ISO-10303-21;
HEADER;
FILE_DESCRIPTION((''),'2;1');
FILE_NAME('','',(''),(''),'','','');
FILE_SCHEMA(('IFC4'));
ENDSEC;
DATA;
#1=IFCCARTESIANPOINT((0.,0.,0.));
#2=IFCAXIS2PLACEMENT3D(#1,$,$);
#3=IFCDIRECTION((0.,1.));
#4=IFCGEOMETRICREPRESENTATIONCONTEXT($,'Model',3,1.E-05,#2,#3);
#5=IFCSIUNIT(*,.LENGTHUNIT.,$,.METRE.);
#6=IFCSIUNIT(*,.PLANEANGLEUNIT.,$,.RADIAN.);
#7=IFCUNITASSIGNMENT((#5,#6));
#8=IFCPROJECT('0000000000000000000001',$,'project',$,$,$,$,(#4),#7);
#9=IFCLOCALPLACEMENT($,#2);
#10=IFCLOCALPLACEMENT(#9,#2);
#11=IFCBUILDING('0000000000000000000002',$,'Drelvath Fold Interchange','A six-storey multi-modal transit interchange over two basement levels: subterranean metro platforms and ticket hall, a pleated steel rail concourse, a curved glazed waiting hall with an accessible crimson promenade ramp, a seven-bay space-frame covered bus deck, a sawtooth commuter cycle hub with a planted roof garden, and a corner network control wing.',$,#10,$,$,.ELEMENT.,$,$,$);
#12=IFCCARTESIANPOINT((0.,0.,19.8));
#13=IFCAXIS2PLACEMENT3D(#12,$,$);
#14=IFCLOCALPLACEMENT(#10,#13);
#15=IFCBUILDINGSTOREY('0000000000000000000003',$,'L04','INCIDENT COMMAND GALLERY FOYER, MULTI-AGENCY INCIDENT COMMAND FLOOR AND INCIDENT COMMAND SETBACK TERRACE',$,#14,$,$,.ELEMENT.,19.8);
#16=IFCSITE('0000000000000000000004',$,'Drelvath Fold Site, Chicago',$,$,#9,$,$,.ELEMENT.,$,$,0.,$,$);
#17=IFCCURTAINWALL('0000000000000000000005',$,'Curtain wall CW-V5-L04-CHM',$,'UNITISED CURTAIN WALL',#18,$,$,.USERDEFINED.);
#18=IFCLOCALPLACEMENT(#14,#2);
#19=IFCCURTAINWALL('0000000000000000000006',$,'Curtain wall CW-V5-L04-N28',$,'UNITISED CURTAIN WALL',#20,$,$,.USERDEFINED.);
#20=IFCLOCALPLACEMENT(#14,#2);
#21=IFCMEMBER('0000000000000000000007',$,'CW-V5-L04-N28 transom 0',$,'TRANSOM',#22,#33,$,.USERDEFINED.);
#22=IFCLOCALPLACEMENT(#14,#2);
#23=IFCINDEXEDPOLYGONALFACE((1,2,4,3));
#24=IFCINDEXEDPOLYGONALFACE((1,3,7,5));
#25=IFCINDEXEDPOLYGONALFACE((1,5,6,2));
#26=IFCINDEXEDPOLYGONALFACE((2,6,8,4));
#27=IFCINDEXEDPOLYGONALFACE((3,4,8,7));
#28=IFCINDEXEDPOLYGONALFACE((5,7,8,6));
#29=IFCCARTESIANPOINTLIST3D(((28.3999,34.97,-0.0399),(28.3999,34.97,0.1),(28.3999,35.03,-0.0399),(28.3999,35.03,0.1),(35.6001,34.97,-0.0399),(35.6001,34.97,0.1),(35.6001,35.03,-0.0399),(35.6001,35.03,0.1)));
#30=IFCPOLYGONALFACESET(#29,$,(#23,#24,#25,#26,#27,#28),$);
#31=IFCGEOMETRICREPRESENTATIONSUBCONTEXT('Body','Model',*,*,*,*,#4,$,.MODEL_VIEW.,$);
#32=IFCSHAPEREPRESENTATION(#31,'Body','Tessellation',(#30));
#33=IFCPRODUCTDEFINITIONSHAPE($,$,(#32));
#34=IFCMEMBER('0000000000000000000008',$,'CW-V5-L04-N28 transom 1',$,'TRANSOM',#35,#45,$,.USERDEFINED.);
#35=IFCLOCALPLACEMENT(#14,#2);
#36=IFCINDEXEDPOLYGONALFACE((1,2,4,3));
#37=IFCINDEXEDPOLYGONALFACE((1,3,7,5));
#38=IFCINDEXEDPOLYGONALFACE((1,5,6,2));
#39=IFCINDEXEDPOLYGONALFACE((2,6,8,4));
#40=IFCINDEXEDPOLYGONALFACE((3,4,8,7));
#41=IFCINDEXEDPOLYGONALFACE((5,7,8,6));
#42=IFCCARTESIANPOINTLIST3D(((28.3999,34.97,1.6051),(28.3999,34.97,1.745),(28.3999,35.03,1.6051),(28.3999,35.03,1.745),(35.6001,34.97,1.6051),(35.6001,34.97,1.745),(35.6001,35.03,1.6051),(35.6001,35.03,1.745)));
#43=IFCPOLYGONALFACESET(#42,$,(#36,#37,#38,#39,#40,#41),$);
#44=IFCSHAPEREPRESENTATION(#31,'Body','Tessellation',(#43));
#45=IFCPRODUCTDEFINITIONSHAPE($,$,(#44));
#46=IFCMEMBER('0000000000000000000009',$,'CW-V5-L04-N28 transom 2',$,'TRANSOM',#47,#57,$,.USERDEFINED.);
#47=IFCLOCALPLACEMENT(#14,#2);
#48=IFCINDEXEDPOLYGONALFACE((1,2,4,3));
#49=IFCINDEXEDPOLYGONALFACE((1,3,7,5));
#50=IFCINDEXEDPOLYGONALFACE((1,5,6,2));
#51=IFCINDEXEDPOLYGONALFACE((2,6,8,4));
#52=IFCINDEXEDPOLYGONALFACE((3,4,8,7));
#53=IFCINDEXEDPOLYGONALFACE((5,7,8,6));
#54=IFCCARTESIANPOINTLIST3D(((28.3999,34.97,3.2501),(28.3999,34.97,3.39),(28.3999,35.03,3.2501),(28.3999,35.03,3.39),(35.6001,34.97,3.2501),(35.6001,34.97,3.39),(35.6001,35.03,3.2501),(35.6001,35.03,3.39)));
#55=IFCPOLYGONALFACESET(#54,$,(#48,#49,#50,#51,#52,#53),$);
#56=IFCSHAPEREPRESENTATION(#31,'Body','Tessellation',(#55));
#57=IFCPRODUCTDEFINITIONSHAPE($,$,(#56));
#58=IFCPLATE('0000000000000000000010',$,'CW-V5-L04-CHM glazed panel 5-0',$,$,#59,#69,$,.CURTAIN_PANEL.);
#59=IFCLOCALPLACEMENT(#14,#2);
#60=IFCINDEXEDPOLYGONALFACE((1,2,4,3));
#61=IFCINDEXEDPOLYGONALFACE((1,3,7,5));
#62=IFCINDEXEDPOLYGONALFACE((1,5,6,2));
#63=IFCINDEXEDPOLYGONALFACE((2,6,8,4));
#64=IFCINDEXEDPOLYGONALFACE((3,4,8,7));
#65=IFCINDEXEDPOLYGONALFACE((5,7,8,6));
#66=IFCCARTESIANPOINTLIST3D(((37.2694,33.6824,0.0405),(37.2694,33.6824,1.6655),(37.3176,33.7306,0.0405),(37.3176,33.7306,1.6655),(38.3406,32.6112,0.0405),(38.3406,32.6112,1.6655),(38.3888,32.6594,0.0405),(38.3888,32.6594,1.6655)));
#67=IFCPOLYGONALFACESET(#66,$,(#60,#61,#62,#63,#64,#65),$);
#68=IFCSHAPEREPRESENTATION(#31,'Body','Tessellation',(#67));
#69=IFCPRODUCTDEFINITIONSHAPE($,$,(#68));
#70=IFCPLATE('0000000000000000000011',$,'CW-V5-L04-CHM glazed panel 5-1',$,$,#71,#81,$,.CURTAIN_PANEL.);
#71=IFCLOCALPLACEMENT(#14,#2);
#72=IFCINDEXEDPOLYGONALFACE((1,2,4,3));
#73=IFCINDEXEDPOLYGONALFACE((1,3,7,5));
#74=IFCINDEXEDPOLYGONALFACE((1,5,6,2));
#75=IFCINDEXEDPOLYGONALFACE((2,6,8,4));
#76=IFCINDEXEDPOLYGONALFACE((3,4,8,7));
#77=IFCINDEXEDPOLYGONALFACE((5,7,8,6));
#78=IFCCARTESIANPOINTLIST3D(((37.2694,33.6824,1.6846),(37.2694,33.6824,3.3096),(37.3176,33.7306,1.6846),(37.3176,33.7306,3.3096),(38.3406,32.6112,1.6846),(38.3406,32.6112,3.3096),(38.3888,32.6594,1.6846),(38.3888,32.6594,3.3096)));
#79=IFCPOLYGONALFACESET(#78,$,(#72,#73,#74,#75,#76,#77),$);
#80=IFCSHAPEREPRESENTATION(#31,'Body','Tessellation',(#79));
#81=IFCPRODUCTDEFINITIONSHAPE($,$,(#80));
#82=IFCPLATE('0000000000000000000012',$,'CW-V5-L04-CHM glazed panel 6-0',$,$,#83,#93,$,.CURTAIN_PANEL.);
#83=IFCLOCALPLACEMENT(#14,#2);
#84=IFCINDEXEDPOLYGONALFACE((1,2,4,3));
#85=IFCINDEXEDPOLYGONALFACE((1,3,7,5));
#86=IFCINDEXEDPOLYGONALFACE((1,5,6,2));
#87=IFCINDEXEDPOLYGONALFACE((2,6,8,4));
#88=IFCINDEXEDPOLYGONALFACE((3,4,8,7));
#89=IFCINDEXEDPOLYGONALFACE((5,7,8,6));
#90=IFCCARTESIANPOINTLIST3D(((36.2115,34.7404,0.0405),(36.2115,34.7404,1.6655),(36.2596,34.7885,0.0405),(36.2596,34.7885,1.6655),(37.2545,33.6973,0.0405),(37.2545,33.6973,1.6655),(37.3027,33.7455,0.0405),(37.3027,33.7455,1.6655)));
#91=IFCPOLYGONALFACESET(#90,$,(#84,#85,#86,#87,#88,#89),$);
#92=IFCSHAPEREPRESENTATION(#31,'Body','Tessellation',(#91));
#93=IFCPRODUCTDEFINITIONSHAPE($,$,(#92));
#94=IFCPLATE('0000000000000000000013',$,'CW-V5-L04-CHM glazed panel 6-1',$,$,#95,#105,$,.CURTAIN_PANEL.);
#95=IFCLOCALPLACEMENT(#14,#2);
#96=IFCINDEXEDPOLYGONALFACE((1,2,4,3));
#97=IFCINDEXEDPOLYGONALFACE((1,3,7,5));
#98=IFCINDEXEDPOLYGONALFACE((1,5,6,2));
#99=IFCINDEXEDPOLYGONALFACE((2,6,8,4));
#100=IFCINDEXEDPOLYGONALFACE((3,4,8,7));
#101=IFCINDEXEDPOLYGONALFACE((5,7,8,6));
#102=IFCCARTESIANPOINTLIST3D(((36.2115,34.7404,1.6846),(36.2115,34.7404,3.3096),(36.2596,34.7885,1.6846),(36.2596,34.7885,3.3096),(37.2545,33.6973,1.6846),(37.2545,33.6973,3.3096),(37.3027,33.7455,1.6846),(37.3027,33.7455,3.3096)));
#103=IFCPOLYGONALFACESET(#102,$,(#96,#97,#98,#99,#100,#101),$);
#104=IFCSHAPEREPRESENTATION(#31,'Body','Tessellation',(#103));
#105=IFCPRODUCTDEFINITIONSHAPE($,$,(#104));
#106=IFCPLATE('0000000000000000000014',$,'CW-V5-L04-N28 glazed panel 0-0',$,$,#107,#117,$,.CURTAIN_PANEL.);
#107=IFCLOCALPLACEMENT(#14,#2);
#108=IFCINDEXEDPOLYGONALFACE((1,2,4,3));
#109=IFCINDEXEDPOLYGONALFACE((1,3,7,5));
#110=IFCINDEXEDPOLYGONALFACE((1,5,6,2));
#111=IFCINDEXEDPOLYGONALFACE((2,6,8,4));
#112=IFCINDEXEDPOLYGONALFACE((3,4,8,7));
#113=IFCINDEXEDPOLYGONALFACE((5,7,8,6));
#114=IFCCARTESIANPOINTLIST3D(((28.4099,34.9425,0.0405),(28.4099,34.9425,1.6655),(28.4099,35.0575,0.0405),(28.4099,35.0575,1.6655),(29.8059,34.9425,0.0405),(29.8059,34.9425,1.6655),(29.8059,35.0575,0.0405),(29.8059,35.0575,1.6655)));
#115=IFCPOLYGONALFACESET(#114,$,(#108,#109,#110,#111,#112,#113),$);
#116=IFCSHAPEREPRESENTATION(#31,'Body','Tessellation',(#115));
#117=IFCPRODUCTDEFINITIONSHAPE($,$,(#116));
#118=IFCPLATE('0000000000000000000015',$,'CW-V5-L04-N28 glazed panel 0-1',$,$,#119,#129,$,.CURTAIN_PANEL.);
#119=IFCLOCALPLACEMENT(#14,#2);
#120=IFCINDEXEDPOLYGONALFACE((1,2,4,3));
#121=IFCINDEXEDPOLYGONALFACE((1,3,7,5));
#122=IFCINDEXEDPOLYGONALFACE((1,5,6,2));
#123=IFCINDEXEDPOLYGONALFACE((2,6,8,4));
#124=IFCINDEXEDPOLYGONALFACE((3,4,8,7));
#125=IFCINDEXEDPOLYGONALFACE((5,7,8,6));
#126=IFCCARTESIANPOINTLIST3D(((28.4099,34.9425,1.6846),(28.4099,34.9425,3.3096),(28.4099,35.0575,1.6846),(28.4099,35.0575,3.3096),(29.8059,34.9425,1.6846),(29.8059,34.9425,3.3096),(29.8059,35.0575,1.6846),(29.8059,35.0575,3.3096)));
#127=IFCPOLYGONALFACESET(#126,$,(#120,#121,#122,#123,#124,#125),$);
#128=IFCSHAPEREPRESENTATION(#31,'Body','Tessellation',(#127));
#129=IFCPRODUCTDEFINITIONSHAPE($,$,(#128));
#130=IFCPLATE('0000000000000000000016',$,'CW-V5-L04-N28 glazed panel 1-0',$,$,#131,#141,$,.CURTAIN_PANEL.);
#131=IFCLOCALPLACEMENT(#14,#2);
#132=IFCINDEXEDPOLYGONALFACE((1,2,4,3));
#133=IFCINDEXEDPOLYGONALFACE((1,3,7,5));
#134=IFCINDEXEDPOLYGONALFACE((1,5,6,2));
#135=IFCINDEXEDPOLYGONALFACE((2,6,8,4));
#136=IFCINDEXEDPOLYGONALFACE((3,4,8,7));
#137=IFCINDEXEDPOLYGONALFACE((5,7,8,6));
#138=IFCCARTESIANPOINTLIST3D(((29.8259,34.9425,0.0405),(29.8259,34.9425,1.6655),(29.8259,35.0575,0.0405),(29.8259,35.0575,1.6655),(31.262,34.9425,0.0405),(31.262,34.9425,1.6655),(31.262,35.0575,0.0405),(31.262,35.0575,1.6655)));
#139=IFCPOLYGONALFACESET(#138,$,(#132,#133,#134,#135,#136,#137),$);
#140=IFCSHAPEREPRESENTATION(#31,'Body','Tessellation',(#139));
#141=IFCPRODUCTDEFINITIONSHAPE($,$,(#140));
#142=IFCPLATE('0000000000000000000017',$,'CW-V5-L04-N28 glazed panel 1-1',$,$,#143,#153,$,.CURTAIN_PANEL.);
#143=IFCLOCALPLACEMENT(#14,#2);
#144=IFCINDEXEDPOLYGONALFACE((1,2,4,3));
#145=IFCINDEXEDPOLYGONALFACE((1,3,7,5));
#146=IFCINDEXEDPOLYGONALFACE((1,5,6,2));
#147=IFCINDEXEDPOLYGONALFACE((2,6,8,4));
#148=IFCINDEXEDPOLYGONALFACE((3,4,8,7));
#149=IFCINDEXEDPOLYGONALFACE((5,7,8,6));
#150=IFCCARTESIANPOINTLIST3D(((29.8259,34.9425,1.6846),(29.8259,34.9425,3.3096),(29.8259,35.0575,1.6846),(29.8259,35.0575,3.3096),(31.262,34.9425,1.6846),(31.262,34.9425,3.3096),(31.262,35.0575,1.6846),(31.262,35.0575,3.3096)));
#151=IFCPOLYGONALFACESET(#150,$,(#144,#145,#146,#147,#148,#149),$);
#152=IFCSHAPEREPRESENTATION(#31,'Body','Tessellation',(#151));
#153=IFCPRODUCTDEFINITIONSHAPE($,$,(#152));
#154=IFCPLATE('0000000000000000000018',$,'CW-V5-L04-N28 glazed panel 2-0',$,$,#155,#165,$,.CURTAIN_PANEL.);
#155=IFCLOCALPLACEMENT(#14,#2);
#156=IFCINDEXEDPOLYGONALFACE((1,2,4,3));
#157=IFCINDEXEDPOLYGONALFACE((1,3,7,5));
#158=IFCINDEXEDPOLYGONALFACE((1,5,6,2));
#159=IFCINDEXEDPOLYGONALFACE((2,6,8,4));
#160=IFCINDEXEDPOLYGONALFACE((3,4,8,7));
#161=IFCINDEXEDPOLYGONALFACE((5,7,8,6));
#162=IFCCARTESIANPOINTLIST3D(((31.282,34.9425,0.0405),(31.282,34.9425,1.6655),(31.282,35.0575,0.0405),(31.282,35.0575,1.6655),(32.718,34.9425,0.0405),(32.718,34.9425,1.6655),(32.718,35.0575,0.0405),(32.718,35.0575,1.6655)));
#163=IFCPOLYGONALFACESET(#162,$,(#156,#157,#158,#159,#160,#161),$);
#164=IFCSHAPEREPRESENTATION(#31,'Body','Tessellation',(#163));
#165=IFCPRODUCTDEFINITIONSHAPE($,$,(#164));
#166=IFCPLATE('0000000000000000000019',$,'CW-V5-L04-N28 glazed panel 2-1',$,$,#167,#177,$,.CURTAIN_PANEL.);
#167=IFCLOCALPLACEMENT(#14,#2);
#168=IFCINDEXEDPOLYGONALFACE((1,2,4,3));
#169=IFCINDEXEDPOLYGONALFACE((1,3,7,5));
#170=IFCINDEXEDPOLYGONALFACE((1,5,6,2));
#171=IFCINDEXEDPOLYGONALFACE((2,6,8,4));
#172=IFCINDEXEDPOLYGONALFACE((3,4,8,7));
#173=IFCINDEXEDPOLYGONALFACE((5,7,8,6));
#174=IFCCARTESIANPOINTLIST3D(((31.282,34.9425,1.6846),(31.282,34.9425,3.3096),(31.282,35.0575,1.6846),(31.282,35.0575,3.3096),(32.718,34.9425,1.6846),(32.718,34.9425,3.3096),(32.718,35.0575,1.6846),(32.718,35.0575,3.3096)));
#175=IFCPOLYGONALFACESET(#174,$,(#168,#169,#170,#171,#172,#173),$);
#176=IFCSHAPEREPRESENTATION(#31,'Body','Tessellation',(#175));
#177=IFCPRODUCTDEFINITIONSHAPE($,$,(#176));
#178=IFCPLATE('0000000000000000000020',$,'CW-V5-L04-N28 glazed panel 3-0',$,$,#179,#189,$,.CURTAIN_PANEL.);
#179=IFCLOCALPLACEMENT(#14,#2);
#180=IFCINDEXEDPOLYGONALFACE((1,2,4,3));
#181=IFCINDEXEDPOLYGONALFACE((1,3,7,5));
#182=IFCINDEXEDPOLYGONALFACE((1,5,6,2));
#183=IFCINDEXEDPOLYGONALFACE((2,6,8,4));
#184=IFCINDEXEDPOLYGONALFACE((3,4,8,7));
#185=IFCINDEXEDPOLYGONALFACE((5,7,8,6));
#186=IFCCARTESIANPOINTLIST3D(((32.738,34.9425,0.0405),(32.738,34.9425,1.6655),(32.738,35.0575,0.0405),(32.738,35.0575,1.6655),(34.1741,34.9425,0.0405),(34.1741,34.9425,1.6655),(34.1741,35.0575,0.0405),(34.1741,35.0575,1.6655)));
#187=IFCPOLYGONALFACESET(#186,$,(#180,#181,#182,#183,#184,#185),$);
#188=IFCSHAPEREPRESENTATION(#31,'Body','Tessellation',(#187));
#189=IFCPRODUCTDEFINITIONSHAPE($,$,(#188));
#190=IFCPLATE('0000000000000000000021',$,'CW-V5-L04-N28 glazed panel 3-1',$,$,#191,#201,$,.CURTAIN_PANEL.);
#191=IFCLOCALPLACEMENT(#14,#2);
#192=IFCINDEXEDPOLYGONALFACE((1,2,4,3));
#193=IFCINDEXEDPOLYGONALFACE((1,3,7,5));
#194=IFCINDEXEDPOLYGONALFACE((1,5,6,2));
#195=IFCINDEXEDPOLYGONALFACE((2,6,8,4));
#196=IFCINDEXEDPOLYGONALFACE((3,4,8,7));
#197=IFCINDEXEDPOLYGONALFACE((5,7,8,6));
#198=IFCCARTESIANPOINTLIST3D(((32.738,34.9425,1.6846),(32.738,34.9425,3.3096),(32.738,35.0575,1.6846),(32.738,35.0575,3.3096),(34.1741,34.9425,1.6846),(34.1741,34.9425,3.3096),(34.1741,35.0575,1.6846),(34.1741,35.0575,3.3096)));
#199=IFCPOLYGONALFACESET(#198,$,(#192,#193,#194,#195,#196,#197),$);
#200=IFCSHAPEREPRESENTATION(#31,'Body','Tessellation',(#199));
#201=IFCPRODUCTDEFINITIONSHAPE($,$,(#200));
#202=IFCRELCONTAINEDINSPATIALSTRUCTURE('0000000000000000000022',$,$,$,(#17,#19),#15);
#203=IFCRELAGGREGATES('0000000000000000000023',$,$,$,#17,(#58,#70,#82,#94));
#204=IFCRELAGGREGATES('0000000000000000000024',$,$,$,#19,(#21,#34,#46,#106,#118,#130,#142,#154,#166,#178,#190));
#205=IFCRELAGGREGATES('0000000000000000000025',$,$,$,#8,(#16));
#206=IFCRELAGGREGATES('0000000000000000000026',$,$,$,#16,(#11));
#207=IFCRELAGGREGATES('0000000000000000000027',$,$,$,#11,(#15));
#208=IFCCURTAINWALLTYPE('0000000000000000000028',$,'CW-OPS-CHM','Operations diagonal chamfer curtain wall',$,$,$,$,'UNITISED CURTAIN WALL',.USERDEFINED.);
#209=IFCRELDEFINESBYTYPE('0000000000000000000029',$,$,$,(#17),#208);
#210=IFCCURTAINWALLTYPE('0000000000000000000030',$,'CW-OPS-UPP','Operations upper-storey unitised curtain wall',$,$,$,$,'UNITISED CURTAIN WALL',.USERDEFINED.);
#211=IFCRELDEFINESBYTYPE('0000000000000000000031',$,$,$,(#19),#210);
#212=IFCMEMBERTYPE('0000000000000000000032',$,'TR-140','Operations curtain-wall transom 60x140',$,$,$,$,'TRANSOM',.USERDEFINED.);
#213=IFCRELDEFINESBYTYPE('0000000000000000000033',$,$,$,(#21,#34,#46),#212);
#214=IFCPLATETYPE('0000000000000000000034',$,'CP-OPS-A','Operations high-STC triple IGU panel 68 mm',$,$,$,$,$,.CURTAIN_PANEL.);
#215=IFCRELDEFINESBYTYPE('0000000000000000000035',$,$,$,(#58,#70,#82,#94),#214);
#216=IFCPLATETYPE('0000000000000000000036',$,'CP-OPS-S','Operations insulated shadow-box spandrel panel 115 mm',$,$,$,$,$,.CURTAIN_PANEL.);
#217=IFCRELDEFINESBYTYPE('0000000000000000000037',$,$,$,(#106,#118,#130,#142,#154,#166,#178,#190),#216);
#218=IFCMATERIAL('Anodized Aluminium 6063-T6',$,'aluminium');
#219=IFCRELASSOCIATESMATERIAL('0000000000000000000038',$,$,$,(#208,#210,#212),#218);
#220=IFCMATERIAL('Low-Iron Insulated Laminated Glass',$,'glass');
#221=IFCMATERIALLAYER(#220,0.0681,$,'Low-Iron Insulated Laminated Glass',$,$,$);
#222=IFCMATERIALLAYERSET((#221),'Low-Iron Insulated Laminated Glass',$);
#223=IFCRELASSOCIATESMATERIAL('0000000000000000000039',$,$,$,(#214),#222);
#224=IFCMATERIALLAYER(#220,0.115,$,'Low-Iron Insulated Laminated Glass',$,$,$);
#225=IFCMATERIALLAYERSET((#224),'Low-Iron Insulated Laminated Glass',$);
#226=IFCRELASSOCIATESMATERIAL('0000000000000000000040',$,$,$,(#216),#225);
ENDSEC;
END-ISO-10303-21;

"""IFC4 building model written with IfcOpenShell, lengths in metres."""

from ifc_helpers import new_model, si_unit, direction, frame, origin, origin_2d, place, context, subcontext, project, spatial, rectangle, extrude, material, layer, layer_set, material_profile, profile_set, type_object, element, aggregate, save


model = new_model("IFC4")

# Units and contexts
model_context = context("Model", 3, precision=1e-05, world=origin(), true_north=direction((0.0, 1.0)))
body_context = subcontext(model_context, "Body", "Model", "MODEL_VIEW")
ifc_project = project(units=[si_unit("LENGTHUNIT", "METRE"), si_unit("PLANEANGLEUNIT", "RADIAN")], contexts=[model_context])

# Site, building, storey
site_placement = place(None, origin())
site = spatial("IfcSite", under=ifc_project, at=site_placement, Name="Drelvath Fold Site, Chicago", CompositionType="ELEMENT", RefElevation=0.0)
building_placement = place(site_placement, origin())
building = spatial("IfcBuilding", under=site, at=building_placement, Name="Drelvath Fold Interchange", Description="A six-storey multi-modal transit interchange over two basement levels: subterranean metro platforms and ticket hall, a pleated steel rail concourse, a curved glazed waiting hall with an accessible crimson promenade ramp, a seven-bay space-frame covered bus deck, a sawtooth commuter cycle hub with a planted roof garden, and a corner network control wing.", CompositionType="ELEMENT")
storey_placement = place(building_placement, frame((0.0, 0.0, 19.8)))
storey = spatial("IfcBuildingStorey", under=building, at=storey_placement, Name="L04", Description="INCIDENT COMMAND GALLERY FOYER, MULTI-AGENCY INCIDENT COMMAND FLOOR AND INCIDENT COMMAND SETBACK TERRACE", CompositionType="ELEMENT", Elevation=19.8)

# Curtain walls, members
ifc_material_1 = material(Name="Anodized Aluminium 6063-T6", Category="aluminium")
curtain_wall_type_1 = type_object("IfcCurtainWallType", Name="CW-OPS-CHM", Description="Operations diagonal chamfer curtain wall", ElementType="UNITISED CURTAIN WALL", PredefinedType="USERDEFINED", material=ifc_material_1)
curtain_wall_1_placement = place(storey_placement, origin())
curtain_wall_1 = element("IfcCurtainWall", 1, at=curtain_wall_1_placement, inside=storey, type_object=curtain_wall_type_1, Name="Curtain wall CW-V5-L04-CHM", ObjectType="UNITISED CURTAIN WALL", PredefinedType="USERDEFINED")
curtain_wall_type_2 = type_object("IfcCurtainWallType", Name="CW-OPS-UPP", Description="Operations upper-storey unitised curtain wall", ElementType="UNITISED CURTAIN WALL", PredefinedType="USERDEFINED", material=ifc_material_1)
curtain_wall_2_placement = place(storey_placement, origin())
curtain_wall_2 = element("IfcCurtainWall", 2, at=curtain_wall_2_placement, inside=storey, type_object=curtain_wall_type_2, Name="Curtain wall CW-V5-L04-N28", ObjectType="UNITISED CURTAIN WALL", PredefinedType="USERDEFINED")
ifc_material_profile_1 = material_profile(ifc_material_1, rectangle(XDim=0.0601, YDim=0.1399, at=origin_2d()), Name="AL-T 60x140")
ifc_profile_set_1 = profile_set([ifc_material_profile_1], Name="Anodized Aluminium 6063-T6")
member_type_1 = type_object("IfcMemberType", Name="TR-140", Description="Operations curtain-wall transom 60x140", ElementType="TRANSOM", PredefinedType="USERDEFINED", material=ifc_profile_set_1)
member_1_placement = place(storey_placement, frame((28.3999, 35.0, 0.03), z_axis=(1.0, 0.0, 0.0), x_axis=(0.0, 1.0, 0.0)))
member_1 = element("IfcMember", 3, at=member_1_placement, type_object=member_type_1, Name="CW-V5-L04-N28 transom 0", ObjectType="TRANSOM", PredefinedType="USERDEFINED", context=body_context, shape_type="SweptSolid", body=[
    extrude(rectangle(XDim=0.0601, YDim=0.1399, at=origin_2d()), origin(), (0.0, 0.0, 1.0), 7.2002),
])
member_2_placement = place(storey_placement, frame((28.3999, 35.0, 1.675), z_axis=(1.0, 0.0, 0.0), x_axis=(0.0, 1.0, 0.0)))
member_2 = element("IfcMember", 4, at=member_2_placement, type_object=member_type_1, Name="CW-V5-L04-N28 transom 1", ObjectType="TRANSOM", PredefinedType="USERDEFINED", context=body_context, shape_type="SweptSolid", body=[
    extrude(rectangle(XDim=0.0601, YDim=0.1399, at=origin_2d()), origin(), (0.0, 0.0, 1.0), 7.2002),
])
member_3_placement = place(storey_placement, frame((28.3999, 35.0, 3.3201), z_axis=(1.0, 0.0, 0.0), x_axis=(0.0, 1.0, 0.0)))
member_3 = element("IfcMember", 5, at=member_3_placement, type_object=member_type_1, Name="CW-V5-L04-N28 transom 2", ObjectType="TRANSOM", PredefinedType="USERDEFINED", context=body_context, shape_type="SweptSolid", body=[
    extrude(rectangle(XDim=0.0601, YDim=0.1399, at=origin_2d()), origin(), (0.0, 0.0, 1.0), 7.2002),
])

# Plates
ifc_material_2 = material(Name="Low-Iron Insulated Laminated Glass", Category="glass")
ifc_layer_1 = layer(ifc_material_2, 0.0681, Name="Low-Iron Insulated Laminated Glass")
ifc_layer_set_1 = layer_set([ifc_layer_1], Name="Low-Iron Insulated Laminated Glass")
plate_type_1 = type_object("IfcPlateType", Name="CP-OPS-A", Description="Operations high-STC triple IGU panel 68 mm", PredefinedType="CURTAIN_PANEL", material=ifc_layer_set_1)
plate_1_placement = place(storey_placement, frame((37.8291, 33.1709, 0.0405), z_axis=(0.0, 0.0, 1.0), x_axis=(-0.707107, 0.707107, 0.0)))
plate_1 = element("IfcPlate", 6, at=plate_1_placement, type_object=plate_type_1, Name="CW-V5-L04-CHM glazed panel 5-0", PredefinedType="CURTAIN_PANEL", context=body_context, shape_type="SweptSolid", body=[
    extrude(rectangle(XDim=1.5149, YDim=0.0681, at=origin_2d()), origin(), (0.0, 0.0, 1.0), 1.625),
])
plate_2_placement = place(storey_placement, frame((37.8291, 33.1709, 1.6846), z_axis=(0.0, 0.0, 1.0), x_axis=(-0.707107, 0.707107, 0.0)))
plate_2 = element("IfcPlate", 7, at=plate_2_placement, type_object=plate_type_1, Name="CW-V5-L04-CHM glazed panel 5-1", PredefinedType="CURTAIN_PANEL", context=body_context, shape_type="SweptSolid", body=[
    extrude(rectangle(XDim=1.5149, YDim=0.0681, at=origin_2d()), origin(), (0.0, 0.0, 1.0), 1.625),
])
plate_3_placement = place(storey_placement, frame((36.7571, 34.2429, 0.0405), z_axis=(0.0, 0.0, 1.0), x_axis=(-0.707107, 0.707107, 0.0)))
plate_3 = element("IfcPlate", 8, at=plate_3_placement, type_object=plate_type_1, Name="CW-V5-L04-CHM glazed panel 6-0", PredefinedType="CURTAIN_PANEL", context=body_context, shape_type="SweptSolid", body=[
    extrude(rectangle(XDim=1.4751, YDim=0.0681, at=origin_2d()), origin(), (0.0, 0.0, 1.0), 1.625),
])
plate_4_placement = place(storey_placement, frame((36.7571, 34.2429, 1.6846), z_axis=(0.0, 0.0, 1.0), x_axis=(-0.707107, 0.707107, 0.0)))
plate_4 = element("IfcPlate", 9, at=plate_4_placement, type_object=plate_type_1, Name="CW-V5-L04-CHM glazed panel 6-1", PredefinedType="CURTAIN_PANEL", context=body_context, shape_type="SweptSolid", body=[
    extrude(rectangle(XDim=1.4751, YDim=0.0681, at=origin_2d()), origin(), (0.0, 0.0, 1.0), 1.625),
])
aggregate(curtain_wall_1, [plate_1, plate_2, plate_3, plate_4])
ifc_layer_2 = layer(ifc_material_2, 0.115, Name="Low-Iron Insulated Laminated Glass")
ifc_layer_set_2 = layer_set([ifc_layer_2], Name="Low-Iron Insulated Laminated Glass")
plate_type_2 = type_object("IfcPlateType", Name="CP-OPS-S", Description="Operations insulated shadow-box spandrel panel 115 mm", PredefinedType="CURTAIN_PANEL", material=ifc_layer_set_2)
plate_5_placement = place(storey_placement, frame((29.1079, 35.0, 0.0405), z_axis=(0.0, 0.0, 1.0), x_axis=(1.0, 0.0, 0.0)))
plate_5 = element("IfcPlate", 10, at=plate_5_placement, type_object=plate_type_2, Name="CW-V5-L04-N28 glazed panel 0-0", PredefinedType="CURTAIN_PANEL", context=body_context, shape_type="SweptSolid", body=[
    extrude(rectangle(XDim=1.396, YDim=0.115, at=origin_2d()), origin(), (0.0, 0.0, 1.0), 1.625),
])
plate_6_placement = place(storey_placement, frame((29.1079, 35.0, 1.6846), z_axis=(0.0, 0.0, 1.0), x_axis=(1.0, 0.0, 0.0)))
plate_6 = element("IfcPlate", 11, at=plate_6_placement, type_object=plate_type_2, Name="CW-V5-L04-N28 glazed panel 0-1", PredefinedType="CURTAIN_PANEL", context=body_context, shape_type="SweptSolid", body=[
    extrude(rectangle(XDim=1.396, YDim=0.115, at=origin_2d()), origin(), (0.0, 0.0, 1.0), 1.625),
])
plate_7_placement = place(storey_placement, frame((30.5439, 35.0, 0.0405), z_axis=(0.0, 0.0, 1.0), x_axis=(1.0, 0.0, 0.0)))
plate_7 = element("IfcPlate", 12, at=plate_7_placement, type_object=plate_type_2, Name="CW-V5-L04-N28 glazed panel 1-0", PredefinedType="CURTAIN_PANEL", context=body_context, shape_type="SweptSolid", body=[
    extrude(rectangle(XDim=1.436, YDim=0.115, at=origin_2d()), origin(), (0.0, 0.0, 1.0), 1.625),
])
plate_8_placement = place(storey_placement, frame((30.5439, 35.0, 1.6846), z_axis=(0.0, 0.0, 1.0), x_axis=(1.0, 0.0, 0.0)))
plate_8 = element("IfcPlate", 13, at=plate_8_placement, type_object=plate_type_2, Name="CW-V5-L04-N28 glazed panel 1-1", PredefinedType="CURTAIN_PANEL", context=body_context, shape_type="SweptSolid", body=[
    extrude(rectangle(XDim=1.436, YDim=0.115, at=origin_2d()), origin(), (0.0, 0.0, 1.0), 1.625),
])
plate_9_placement = place(storey_placement, frame((32.0, 35.0, 0.0405), z_axis=(0.0, 0.0, 1.0), x_axis=(1.0, 0.0, 0.0)))
plate_9 = element("IfcPlate", 14, at=plate_9_placement, type_object=plate_type_2, Name="CW-V5-L04-N28 glazed panel 2-0", PredefinedType="CURTAIN_PANEL", context=body_context, shape_type="SweptSolid", body=[
    extrude(rectangle(XDim=1.436, YDim=0.115, at=origin_2d()), origin(), (0.0, 0.0, 1.0), 1.625),
])
plate_10_placement = place(storey_placement, frame((32.0, 35.0, 1.6846), z_axis=(0.0, 0.0, 1.0), x_axis=(1.0, 0.0, 0.0)))
plate_10 = element("IfcPlate", 15, at=plate_10_placement, type_object=plate_type_2, Name="CW-V5-L04-N28 glazed panel 2-1", PredefinedType="CURTAIN_PANEL", context=body_context, shape_type="SweptSolid", body=[
    extrude(rectangle(XDim=1.436, YDim=0.115, at=origin_2d()), origin(), (0.0, 0.0, 1.0), 1.625),
])
plate_11_placement = place(storey_placement, frame((33.4561, 35.0, 0.0405), z_axis=(0.0, 0.0, 1.0), x_axis=(1.0, 0.0, 0.0)))
plate_11 = element("IfcPlate", 16, at=plate_11_placement, type_object=plate_type_2, Name="CW-V5-L04-N28 glazed panel 3-0", PredefinedType="CURTAIN_PANEL", context=body_context, shape_type="SweptSolid", body=[
    extrude(rectangle(XDim=1.436, YDim=0.115, at=origin_2d()), origin(), (0.0, 0.0, 1.0), 1.625),
])
plate_12_placement = place(storey_placement, frame((33.4561, 35.0, 1.6846), z_axis=(0.0, 0.0, 1.0), x_axis=(1.0, 0.0, 0.0)))
plate_12 = element("IfcPlate", 17, at=plate_12_placement, type_object=plate_type_2, Name="CW-V5-L04-N28 glazed panel 3-1", PredefinedType="CURTAIN_PANEL", context=body_context, shape_type="SweptSolid", body=[
    extrude(rectangle(XDim=1.436, YDim=0.115, at=origin_2d()), origin(), (0.0, 0.0, 1.0), 1.625),
])
aggregate(curtain_wall_2, [member_1, member_2, member_3, plate_5, plate_6, plate_7, plate_8, plate_9, plate_10, plate_11, plate_12])

save(model, "model.ifc")
